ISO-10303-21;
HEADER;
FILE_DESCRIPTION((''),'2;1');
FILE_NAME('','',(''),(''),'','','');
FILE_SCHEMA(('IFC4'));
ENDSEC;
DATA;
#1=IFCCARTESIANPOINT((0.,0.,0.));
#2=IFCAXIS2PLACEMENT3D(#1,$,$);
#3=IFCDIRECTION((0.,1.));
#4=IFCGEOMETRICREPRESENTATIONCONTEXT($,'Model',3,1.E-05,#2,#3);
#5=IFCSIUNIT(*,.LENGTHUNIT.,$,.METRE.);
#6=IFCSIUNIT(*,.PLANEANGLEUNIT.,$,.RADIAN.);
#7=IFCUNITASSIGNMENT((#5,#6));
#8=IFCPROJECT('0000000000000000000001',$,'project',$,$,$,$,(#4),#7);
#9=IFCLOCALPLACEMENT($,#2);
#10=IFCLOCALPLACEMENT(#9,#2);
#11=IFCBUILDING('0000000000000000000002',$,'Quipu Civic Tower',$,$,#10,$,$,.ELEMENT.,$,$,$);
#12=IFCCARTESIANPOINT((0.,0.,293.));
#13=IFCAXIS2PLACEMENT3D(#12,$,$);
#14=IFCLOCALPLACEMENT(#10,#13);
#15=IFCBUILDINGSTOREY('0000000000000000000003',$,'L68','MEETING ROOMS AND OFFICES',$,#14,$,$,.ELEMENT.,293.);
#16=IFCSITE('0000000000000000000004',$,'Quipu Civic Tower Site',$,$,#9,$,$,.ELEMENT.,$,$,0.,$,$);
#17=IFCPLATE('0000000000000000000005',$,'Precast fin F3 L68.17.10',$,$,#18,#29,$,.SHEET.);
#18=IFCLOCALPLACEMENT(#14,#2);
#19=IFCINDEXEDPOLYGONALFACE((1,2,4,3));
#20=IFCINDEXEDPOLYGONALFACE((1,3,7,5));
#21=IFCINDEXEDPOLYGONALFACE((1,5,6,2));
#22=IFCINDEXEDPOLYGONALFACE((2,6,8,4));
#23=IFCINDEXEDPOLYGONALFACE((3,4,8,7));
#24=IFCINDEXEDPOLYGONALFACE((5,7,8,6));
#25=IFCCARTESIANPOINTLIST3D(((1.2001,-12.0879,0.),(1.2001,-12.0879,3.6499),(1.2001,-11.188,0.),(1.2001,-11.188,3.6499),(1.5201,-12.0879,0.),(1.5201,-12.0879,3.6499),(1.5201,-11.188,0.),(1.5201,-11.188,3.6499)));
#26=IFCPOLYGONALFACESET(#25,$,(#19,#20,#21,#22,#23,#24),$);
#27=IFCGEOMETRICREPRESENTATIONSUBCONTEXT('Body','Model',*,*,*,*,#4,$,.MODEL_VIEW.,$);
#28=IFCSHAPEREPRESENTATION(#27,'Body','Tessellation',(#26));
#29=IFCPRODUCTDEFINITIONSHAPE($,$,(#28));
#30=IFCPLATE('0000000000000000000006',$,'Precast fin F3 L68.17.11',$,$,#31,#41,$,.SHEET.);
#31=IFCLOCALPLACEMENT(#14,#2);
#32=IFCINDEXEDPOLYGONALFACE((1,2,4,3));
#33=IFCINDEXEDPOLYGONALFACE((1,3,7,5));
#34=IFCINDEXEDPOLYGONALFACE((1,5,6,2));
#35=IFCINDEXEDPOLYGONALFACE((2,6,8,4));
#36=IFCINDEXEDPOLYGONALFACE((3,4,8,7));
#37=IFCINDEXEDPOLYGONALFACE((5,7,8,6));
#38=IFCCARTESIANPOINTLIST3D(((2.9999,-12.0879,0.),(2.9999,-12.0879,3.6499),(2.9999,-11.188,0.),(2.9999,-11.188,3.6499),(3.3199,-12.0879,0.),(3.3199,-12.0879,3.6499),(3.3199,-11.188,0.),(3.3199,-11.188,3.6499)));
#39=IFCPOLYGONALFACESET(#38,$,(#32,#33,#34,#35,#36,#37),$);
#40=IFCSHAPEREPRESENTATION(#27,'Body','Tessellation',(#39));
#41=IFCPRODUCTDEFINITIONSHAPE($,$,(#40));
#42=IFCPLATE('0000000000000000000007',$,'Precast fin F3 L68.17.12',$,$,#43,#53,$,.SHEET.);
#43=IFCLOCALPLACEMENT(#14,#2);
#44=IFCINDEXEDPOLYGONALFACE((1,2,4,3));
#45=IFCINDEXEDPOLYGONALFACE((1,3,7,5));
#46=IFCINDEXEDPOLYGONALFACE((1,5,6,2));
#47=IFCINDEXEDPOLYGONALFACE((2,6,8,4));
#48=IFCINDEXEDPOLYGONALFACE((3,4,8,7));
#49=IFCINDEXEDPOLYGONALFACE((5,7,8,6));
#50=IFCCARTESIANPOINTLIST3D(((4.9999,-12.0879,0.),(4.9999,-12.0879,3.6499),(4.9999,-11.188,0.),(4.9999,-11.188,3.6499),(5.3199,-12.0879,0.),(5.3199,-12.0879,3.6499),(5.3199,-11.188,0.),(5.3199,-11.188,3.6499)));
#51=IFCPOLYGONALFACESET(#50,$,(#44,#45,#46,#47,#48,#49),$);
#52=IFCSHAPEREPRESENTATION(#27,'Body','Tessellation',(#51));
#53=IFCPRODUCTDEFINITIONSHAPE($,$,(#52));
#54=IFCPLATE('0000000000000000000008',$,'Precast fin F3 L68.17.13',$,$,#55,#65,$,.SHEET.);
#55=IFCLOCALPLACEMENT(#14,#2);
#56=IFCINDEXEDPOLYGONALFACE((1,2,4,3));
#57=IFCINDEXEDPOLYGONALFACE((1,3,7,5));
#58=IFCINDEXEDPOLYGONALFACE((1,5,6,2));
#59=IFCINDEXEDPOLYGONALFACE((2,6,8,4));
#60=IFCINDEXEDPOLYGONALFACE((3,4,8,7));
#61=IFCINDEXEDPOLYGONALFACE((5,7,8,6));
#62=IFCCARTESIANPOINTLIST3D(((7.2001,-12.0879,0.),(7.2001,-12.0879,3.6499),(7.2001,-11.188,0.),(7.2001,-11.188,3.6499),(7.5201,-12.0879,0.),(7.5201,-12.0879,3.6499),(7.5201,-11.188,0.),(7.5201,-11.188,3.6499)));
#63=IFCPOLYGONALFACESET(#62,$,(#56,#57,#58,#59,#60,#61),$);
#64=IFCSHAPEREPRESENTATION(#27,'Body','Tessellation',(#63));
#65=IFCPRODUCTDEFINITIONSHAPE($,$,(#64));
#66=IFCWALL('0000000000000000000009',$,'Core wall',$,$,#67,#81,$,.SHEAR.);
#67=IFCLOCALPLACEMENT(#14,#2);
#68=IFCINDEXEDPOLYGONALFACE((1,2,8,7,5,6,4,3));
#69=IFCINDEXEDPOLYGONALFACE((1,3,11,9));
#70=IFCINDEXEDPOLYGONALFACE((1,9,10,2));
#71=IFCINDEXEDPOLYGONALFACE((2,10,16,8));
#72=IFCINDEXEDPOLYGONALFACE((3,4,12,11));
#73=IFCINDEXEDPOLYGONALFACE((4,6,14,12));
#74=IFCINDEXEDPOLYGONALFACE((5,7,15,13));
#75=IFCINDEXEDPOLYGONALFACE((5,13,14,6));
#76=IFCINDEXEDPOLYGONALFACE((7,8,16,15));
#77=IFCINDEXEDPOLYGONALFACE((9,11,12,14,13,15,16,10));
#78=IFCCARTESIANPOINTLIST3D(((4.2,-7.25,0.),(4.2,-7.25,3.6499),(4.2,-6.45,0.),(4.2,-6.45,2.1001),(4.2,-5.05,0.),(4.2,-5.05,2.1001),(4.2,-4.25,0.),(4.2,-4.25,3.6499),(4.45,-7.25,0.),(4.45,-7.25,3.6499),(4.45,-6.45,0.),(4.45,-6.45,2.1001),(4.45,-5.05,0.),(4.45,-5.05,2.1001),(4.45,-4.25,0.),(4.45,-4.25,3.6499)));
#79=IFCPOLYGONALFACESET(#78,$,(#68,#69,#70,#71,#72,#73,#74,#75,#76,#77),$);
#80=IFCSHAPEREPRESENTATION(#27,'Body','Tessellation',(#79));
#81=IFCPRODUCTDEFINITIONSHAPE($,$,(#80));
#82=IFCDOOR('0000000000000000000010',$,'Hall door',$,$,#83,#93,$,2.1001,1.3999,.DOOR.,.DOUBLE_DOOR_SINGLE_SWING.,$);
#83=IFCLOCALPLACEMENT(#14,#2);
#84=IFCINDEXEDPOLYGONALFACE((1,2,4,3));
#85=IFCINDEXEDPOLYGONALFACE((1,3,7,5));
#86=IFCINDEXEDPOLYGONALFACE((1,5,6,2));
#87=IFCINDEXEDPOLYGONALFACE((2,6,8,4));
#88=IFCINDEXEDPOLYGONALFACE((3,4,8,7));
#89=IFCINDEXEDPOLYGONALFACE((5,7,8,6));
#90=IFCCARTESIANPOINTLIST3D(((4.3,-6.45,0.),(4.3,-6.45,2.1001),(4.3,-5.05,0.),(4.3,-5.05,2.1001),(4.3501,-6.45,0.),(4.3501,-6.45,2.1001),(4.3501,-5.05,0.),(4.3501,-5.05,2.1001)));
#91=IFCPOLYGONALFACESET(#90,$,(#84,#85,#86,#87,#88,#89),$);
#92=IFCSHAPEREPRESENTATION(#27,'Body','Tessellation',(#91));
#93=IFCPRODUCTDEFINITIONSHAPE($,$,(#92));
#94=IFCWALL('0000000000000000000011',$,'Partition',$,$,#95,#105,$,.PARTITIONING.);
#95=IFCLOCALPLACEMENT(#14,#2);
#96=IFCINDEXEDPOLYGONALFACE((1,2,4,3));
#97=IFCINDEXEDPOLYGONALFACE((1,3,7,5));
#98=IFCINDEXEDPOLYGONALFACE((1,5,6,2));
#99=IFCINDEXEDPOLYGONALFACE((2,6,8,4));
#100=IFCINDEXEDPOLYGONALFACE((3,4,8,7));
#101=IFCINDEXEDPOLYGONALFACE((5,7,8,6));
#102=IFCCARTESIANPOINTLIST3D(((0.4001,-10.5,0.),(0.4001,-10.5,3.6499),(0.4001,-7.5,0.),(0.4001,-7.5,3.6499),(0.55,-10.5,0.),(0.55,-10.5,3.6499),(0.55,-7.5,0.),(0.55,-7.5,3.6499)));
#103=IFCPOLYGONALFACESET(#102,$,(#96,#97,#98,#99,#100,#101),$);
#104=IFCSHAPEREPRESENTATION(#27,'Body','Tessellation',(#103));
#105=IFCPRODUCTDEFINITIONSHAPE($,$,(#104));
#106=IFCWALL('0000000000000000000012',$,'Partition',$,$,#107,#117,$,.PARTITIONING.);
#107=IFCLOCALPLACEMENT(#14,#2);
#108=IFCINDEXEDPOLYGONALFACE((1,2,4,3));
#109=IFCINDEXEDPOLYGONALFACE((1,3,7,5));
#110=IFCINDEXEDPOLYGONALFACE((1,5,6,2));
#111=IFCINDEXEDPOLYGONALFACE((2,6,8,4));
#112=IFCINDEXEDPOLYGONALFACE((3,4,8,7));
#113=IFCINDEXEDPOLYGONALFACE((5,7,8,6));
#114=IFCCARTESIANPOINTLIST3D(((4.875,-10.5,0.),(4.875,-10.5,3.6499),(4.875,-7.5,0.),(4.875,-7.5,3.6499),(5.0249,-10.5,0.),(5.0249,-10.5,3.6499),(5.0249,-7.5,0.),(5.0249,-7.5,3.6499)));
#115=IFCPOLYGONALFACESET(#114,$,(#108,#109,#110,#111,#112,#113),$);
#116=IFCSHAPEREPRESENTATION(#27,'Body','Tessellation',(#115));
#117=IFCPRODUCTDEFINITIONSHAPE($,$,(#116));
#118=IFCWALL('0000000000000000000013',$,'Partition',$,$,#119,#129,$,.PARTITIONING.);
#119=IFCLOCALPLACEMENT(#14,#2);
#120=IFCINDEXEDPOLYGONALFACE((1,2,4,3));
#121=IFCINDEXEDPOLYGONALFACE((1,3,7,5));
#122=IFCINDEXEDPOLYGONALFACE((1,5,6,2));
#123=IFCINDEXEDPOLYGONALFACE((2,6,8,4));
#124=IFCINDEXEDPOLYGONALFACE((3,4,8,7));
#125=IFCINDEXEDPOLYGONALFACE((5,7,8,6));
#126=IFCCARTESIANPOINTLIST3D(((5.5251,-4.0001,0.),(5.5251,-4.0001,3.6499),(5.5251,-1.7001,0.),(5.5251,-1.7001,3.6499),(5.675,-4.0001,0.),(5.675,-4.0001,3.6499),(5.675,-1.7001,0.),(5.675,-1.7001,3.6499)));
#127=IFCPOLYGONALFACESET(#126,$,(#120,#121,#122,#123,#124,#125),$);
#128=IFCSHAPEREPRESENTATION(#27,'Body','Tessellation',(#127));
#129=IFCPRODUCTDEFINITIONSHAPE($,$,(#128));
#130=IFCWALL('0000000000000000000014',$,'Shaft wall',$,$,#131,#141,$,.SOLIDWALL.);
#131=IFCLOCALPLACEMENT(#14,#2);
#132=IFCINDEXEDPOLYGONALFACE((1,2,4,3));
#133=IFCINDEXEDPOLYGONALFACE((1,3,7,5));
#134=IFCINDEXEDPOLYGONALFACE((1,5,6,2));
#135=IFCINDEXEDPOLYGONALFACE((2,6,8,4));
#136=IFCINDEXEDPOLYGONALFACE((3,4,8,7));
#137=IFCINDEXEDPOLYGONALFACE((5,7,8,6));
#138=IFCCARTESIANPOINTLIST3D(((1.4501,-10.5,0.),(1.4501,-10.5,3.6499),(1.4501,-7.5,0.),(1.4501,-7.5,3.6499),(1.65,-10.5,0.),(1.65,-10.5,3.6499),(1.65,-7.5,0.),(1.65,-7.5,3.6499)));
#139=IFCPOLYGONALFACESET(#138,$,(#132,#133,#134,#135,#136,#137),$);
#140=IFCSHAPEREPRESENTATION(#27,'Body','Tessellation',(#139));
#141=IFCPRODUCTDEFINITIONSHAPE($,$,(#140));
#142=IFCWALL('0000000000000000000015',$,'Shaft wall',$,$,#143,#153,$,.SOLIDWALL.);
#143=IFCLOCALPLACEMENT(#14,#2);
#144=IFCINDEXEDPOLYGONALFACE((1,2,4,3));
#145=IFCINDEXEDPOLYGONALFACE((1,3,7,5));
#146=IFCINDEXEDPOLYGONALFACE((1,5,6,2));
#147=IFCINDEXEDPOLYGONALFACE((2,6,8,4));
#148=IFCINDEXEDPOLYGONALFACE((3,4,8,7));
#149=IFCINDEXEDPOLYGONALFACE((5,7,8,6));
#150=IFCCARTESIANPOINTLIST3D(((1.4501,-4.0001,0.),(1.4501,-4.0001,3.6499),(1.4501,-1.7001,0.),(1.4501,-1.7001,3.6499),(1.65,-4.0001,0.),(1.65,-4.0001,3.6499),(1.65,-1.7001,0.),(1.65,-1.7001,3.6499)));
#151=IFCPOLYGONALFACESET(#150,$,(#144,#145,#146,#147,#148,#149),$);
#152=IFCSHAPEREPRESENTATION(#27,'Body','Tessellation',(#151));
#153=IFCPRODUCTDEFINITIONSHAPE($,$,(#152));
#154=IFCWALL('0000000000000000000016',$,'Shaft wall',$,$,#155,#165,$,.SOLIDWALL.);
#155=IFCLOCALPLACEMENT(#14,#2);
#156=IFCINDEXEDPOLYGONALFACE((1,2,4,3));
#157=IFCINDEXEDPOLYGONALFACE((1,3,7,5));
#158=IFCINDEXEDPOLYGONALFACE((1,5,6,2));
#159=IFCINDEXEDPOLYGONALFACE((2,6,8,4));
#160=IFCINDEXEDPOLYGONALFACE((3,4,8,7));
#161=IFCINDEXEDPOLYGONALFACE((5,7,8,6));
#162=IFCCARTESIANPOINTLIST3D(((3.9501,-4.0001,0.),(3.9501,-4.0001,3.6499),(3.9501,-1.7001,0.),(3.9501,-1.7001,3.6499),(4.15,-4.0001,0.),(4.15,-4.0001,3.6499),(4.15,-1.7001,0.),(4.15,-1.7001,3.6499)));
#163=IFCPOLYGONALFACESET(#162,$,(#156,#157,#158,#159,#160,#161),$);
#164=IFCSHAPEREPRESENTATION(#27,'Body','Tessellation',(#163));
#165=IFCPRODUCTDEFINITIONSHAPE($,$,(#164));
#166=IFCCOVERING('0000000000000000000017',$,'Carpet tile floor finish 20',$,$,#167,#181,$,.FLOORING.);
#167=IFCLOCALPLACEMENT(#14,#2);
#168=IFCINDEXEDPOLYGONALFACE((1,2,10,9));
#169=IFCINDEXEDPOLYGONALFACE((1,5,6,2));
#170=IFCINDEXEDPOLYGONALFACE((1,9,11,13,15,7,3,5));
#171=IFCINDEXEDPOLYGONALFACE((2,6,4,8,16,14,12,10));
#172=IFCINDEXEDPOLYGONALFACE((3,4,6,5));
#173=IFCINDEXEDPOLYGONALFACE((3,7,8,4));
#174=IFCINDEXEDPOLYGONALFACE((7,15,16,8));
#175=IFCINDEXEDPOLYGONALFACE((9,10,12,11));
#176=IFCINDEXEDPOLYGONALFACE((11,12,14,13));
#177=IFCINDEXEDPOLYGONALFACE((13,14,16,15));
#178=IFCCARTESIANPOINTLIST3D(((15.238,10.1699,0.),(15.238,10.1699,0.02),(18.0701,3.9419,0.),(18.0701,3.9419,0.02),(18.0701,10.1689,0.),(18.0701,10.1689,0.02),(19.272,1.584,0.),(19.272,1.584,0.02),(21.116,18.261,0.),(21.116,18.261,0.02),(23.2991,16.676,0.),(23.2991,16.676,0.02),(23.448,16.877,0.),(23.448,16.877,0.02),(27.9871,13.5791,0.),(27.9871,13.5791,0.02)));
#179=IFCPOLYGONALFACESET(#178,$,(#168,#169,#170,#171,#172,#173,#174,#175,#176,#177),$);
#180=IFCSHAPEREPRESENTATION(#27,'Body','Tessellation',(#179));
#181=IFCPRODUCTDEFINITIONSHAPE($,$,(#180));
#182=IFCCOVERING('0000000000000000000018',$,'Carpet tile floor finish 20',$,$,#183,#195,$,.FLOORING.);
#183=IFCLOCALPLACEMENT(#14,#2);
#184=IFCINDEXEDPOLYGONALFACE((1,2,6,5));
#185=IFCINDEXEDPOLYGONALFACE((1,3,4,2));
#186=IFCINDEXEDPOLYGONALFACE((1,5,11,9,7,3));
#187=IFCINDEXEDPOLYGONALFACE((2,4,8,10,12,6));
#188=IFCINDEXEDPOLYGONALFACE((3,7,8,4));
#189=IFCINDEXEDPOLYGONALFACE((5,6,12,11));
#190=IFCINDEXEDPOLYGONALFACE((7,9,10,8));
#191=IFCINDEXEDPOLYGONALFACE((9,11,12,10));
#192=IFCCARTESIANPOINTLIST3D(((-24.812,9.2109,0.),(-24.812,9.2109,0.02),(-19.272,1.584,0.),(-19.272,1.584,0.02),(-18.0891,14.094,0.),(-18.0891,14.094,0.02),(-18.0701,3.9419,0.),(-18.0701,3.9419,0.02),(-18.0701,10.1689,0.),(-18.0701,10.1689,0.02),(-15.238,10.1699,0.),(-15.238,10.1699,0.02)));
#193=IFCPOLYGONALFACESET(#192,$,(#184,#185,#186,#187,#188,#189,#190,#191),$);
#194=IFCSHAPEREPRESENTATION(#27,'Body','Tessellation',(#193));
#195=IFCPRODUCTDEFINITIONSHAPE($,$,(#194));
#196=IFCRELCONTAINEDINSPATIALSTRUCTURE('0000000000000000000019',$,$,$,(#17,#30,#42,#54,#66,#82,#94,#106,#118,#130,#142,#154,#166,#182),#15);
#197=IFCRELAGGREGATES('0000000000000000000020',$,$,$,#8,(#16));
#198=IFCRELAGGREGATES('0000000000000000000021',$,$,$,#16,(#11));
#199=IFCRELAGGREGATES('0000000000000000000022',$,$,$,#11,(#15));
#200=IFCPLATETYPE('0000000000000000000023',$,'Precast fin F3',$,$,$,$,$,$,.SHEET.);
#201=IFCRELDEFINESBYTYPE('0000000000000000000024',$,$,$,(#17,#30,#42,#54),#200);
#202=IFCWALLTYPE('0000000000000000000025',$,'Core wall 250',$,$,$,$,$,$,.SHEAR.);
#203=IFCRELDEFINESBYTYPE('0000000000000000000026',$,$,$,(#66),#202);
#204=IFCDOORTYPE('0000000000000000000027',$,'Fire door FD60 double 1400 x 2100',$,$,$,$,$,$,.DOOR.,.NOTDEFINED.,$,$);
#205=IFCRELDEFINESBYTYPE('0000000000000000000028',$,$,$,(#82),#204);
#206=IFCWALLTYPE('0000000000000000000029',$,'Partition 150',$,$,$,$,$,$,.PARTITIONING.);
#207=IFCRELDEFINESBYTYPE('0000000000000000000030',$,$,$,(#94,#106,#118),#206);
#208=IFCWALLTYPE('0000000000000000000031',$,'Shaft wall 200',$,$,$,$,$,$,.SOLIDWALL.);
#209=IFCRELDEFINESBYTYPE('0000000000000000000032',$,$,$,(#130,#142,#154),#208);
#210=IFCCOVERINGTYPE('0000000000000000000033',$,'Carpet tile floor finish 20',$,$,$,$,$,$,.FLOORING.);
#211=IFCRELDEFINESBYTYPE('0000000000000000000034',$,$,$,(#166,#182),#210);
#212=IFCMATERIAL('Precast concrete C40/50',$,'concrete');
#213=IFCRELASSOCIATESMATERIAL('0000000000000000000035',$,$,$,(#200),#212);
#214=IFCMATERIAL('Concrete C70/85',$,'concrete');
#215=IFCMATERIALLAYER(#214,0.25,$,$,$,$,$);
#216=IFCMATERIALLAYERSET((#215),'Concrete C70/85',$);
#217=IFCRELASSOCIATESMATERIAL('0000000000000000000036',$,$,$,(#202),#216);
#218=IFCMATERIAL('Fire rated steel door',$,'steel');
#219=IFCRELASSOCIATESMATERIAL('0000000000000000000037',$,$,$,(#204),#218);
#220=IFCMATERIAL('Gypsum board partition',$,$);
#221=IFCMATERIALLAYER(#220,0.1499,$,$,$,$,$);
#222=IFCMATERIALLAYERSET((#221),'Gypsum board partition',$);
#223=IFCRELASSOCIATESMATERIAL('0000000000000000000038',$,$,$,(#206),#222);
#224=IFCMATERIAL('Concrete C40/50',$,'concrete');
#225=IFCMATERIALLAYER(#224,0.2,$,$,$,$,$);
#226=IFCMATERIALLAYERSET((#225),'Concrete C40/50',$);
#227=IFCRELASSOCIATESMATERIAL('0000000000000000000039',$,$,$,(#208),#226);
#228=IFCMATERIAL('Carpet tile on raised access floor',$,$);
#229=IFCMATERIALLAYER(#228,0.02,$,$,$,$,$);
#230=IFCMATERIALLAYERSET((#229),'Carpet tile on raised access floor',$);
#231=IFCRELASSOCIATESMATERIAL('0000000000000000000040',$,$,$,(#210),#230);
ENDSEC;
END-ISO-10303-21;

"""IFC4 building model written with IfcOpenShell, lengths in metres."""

from ifc_helpers import new_model, si_unit, direction, frame, frame_2d, origin, origin_2d, place, context, subcontext, project, spatial, polyline, rectangle, outline, extrude, material, layer, layer_set, type_object, element, fill, save


model = new_model("IFC4")

# Units and contexts
model_context = context("Model", 3, precision=1e-05, world=origin(), true_north=direction((0.0, 1.0)))
body_context = subcontext(model_context, "Body", "Model", "MODEL_VIEW")
ifc_project = project(units=[si_unit("LENGTHUNIT", "METRE"), si_unit("PLANEANGLEUNIT", "RADIAN")], contexts=[model_context])

# Site, building, storey
site_placement = place(None, origin())
site = spatial("IfcSite", under=ifc_project, at=site_placement, Name="Quipu Civic Tower Site", CompositionType="ELEMENT", RefElevation=0.0)
building_placement = place(site_placement, origin())
building = spatial("IfcBuilding", under=site, at=building_placement, Name="Quipu Civic Tower", CompositionType="ELEMENT")
storey_placement = place(building_placement, frame((0.0, 0.0, 293.0)))
storey = spatial("IfcBuildingStorey", under=building, at=storey_placement, Name="L68", Description="MEETING ROOMS AND OFFICES", CompositionType="ELEMENT", Elevation=293.0)

# Plates
ifc_material_1 = material(Name="Precast concrete C40/50", Category="concrete")
plate_type = type_object("IfcPlateType", Name="Precast fin F3", PredefinedType="SHEET", material=ifc_material_1)
for number, where, z_axis, x_axis, name in (
    (1, (1.3601, -11.6379, 0.0), (0.0, 0.0, 1.0), (1.0, 0.0, 0.0), "Precast fin F3 L68.17.10"),
    (2, (3.1599, -11.6379, 0.0), (0.0, 0.0, 1.0), (1.0, 0.0, 0.0), "Precast fin F3 L68.17.11"),
    (3, (5.1599, -11.6379, 0.0), (0.0, 0.0, 1.0), (1.0, 0.0, 0.0), "Precast fin F3 L68.17.12"),
    (4, (7.3601, -11.6379, 0.0), (0.0, 0.0, 1.0), (1.0, 0.0, 0.0), "Precast fin F3 L68.17.13"),
):
    element("IfcPlate", number, at=place(storey_placement, frame(where, z_axis=z_axis, x_axis=x_axis)), inside=storey, type_object=plate_type, Name=name, PredefinedType="SHEET", context=body_context, shape_type="SweptSolid", body=[
        extrude(rectangle(XDim=0.3201, YDim=0.8999, at=origin_2d()), origin(), (0.0, 0.0, 1.0), 3.6499),
    ])

# Wall, opening, door
ifc_material_2 = material(Name="Concrete C70/85", Category="concrete")
ifc_layer_1 = layer(ifc_material_2, 0.25)
ifc_layer_set_1 = layer_set([ifc_layer_1], Name="Concrete C70/85")
wall_type_1 = type_object("IfcWallType", Name="Core wall 250", PredefinedType="SHEAR", material=ifc_layer_set_1)
wall_1_placement = place(storey_placement, frame((4.325, -7.25, 0.0), z_axis=(0.0, 0.0, 1.0), x_axis=(0.0, 1.0, 0.0)))
wall_1 = element("IfcWall", 5, at=wall_1_placement, inside=storey, type_object=wall_type_1, Name="Core wall", PredefinedType="SHEAR", context=body_context, shape_type="SweptSolid", body=[
    extrude(rectangle(XDim=3.0, YDim=0.25, at=frame_2d((1.5, 0.0))), origin(), (0.0, 0.0, 1.0), 3.6499),
])
opening_placement = place(wall_1_placement, frame((0.8, 0.0, 0.0)))
opening = element("IfcOpeningElement", 6, at=opening_placement, cuts=wall_1, PredefinedType="OPENING", context=body_context, shape_type="SweptSolid", body=[
    extrude(rectangle(XDim=1.3999, YDim=2.1001, at=frame_2d((0.7, 1.05))), frame((0.0, 0.135, 0.0), z_axis=(0.0, -1.0, 0.0), x_axis=(1.0, 0.0, 0.0)), (0.0, 0.0, 1.0), 0.27),
])
ifc_material_3 = material(Name="Fire rated steel door", Category="steel")
door_type = type_object("IfcDoorType", Name="Fire door FD60 double 1400 x 2100", OperationType="NOTDEFINED", PredefinedType="DOOR", material=ifc_material_3)
door_placement = place(opening_placement, origin())
door = element("IfcDoor", 7, at=door_placement, inside=storey, type_object=door_type, Name="Hall door", OperationType="DOUBLE_DOOR_SINGLE_SWING", OverallHeight=2.1001, OverallWidth=1.3999, PredefinedType="DOOR", context=body_context, shape_type="SweptSolid", body=[
    extrude(rectangle(XDim=1.3999, YDim=2.1001, at=frame_2d((0.7, 1.05))), frame((0.0, 0.0249, 0.0), z_axis=(0.0, -1.0, 0.0), x_axis=(1.0, 0.0, 0.0)), (0.0, 0.0, 1.0), 0.05),
])
fill(opening, door)

# Walls
ifc_material_4 = material(Name="Gypsum board partition")
ifc_layer_2 = layer(ifc_material_4, 0.1499)
ifc_layer_set_2 = layer_set([ifc_layer_2], Name="Gypsum board partition")
wall_type_2 = type_object("IfcWallType", Name="Partition 150", PredefinedType="PARTITIONING", material=ifc_layer_set_2)
for number, where, z_axis, x_axis, name in (
    (8, (0.4751, -10.5, 0.0), (0.0, 0.0, 1.0), (0.0, 1.0, 0.0), "Partition"),
    (9, (4.95, -10.5, 0.0), (0.0, 0.0, 1.0), (0.0, 1.0, 0.0), "Partition"),
):
    element("IfcWall", number, at=place(storey_placement, frame(where, z_axis=z_axis, x_axis=x_axis)), inside=storey, type_object=wall_type_2, Name=name, PredefinedType="PARTITIONING", context=body_context, shape_type="SweptSolid", body=[
        extrude(rectangle(XDim=3.0, YDim=0.1499, at=frame_2d((1.5, 0.0))), origin(), (0.0, 0.0, 1.0), 3.6499),
    ])
wall_2_placement = place(storey_placement, frame((5.6001, -4.0, 0.0), z_axis=(0.0, 0.0, 1.0), x_axis=(0.0, 1.0, 0.0)))
element("IfcWall", 10, at=wall_2_placement, inside=storey, type_object=wall_type_2, Name="Partition", PredefinedType="PARTITIONING", context=body_context, shape_type="SweptSolid", body=[
    extrude(rectangle(XDim=2.3, YDim=0.1499, at=frame_2d((1.1499, 0.0))), origin(), (0.0, 0.0, 1.0), 3.6499),
])
ifc_material_5 = material(Name="Concrete C40/50", Category="concrete")
ifc_layer_3 = layer(ifc_material_5, 0.2)
ifc_layer_set_3 = layer_set([ifc_layer_3], Name="Concrete C40/50")
wall_type_3 = type_object("IfcWallType", Name="Shaft wall 200", PredefinedType="SOLIDWALL", material=ifc_layer_set_3)
wall_3_placement = place(storey_placement, frame((1.55, -10.5, 0.0), z_axis=(0.0, 0.0, 1.0), x_axis=(0.0, 1.0, 0.0)))
element("IfcWall", 11, at=wall_3_placement, inside=storey, type_object=wall_type_3, Name="Shaft wall", PredefinedType="SOLIDWALL", context=body_context, shape_type="SweptSolid", body=[
    extrude(rectangle(XDim=3.0, YDim=0.2, at=frame_2d((1.5, 0.0))), origin(), (0.0, 0.0, 1.0), 3.6499),
])
for number, where, z_axis, x_axis, name in (
    (12, (1.55, -4.0, 0.0), (0.0, 0.0, 1.0), (0.0, 1.0, 0.0), "Shaft wall"),
    (13, (4.05, -4.0, 0.0), (0.0, 0.0, 1.0), (0.0, 1.0, 0.0), "Shaft wall"),
):
    element("IfcWall", number, at=place(storey_placement, frame(where, z_axis=z_axis, x_axis=x_axis)), inside=storey, type_object=wall_type_3, Name=name, PredefinedType="SOLIDWALL", context=body_context, shape_type="SweptSolid", body=[
        extrude(rectangle(XDim=2.3, YDim=0.2, at=frame_2d((1.1499, 0.0))), origin(), (0.0, 0.0, 1.0), 3.6499),
    ])

# Coverings
ifc_material_6 = material(Name="Carpet tile on raised access floor")
ifc_layer_4 = layer(ifc_material_6, 0.02)
ifc_layer_set_4 = layer_set([ifc_layer_4], Name="Carpet tile on raised access floor")
covering_type_1 = type_object("IfcCoveringType", Name="Carpet tile floor finish 20", PredefinedType="FLOORING", material=ifc_layer_set_4)
covering_1_placement = place(storey_placement, origin())
element("IfcCovering", 14, at=covering_1_placement, inside=storey, type_object=covering_type_1, Name="Carpet tile floor finish 20", PredefinedType="FLOORING", context=body_context, shape_type="SweptSolid", body=[
    extrude(outline(polyline([(15.238, 10.1699), (21.116, 18.261), (23.2991, 16.676), (23.448, 16.877), (27.9871, 13.5791), (19.272, 1.584), (18.0701, 3.9419), (18.0701, 10.1689), (15.238, 10.1699)])), origin(), (0.0, 0.0, 1.0), 0.02),
])
covering_2_placement = place(storey_placement, origin())
element("IfcCovering", 15, at=covering_2_placement, inside=storey, type_object=covering_type_1, Name="Carpet tile floor finish 20", PredefinedType="FLOORING", context=body_context, shape_type="SweptSolid", body=[
    extrude(outline(polyline([(-24.812, 9.2109), (-18.0891, 14.094), (-15.238, 10.1699), (-18.0701, 10.1689), (-18.0701, 3.9419), (-19.272, 1.584), (-24.812, 9.2109)])), origin(), (0.0, 0.0, 1.0), 0.02),
])

save(model, "model.ifc")
